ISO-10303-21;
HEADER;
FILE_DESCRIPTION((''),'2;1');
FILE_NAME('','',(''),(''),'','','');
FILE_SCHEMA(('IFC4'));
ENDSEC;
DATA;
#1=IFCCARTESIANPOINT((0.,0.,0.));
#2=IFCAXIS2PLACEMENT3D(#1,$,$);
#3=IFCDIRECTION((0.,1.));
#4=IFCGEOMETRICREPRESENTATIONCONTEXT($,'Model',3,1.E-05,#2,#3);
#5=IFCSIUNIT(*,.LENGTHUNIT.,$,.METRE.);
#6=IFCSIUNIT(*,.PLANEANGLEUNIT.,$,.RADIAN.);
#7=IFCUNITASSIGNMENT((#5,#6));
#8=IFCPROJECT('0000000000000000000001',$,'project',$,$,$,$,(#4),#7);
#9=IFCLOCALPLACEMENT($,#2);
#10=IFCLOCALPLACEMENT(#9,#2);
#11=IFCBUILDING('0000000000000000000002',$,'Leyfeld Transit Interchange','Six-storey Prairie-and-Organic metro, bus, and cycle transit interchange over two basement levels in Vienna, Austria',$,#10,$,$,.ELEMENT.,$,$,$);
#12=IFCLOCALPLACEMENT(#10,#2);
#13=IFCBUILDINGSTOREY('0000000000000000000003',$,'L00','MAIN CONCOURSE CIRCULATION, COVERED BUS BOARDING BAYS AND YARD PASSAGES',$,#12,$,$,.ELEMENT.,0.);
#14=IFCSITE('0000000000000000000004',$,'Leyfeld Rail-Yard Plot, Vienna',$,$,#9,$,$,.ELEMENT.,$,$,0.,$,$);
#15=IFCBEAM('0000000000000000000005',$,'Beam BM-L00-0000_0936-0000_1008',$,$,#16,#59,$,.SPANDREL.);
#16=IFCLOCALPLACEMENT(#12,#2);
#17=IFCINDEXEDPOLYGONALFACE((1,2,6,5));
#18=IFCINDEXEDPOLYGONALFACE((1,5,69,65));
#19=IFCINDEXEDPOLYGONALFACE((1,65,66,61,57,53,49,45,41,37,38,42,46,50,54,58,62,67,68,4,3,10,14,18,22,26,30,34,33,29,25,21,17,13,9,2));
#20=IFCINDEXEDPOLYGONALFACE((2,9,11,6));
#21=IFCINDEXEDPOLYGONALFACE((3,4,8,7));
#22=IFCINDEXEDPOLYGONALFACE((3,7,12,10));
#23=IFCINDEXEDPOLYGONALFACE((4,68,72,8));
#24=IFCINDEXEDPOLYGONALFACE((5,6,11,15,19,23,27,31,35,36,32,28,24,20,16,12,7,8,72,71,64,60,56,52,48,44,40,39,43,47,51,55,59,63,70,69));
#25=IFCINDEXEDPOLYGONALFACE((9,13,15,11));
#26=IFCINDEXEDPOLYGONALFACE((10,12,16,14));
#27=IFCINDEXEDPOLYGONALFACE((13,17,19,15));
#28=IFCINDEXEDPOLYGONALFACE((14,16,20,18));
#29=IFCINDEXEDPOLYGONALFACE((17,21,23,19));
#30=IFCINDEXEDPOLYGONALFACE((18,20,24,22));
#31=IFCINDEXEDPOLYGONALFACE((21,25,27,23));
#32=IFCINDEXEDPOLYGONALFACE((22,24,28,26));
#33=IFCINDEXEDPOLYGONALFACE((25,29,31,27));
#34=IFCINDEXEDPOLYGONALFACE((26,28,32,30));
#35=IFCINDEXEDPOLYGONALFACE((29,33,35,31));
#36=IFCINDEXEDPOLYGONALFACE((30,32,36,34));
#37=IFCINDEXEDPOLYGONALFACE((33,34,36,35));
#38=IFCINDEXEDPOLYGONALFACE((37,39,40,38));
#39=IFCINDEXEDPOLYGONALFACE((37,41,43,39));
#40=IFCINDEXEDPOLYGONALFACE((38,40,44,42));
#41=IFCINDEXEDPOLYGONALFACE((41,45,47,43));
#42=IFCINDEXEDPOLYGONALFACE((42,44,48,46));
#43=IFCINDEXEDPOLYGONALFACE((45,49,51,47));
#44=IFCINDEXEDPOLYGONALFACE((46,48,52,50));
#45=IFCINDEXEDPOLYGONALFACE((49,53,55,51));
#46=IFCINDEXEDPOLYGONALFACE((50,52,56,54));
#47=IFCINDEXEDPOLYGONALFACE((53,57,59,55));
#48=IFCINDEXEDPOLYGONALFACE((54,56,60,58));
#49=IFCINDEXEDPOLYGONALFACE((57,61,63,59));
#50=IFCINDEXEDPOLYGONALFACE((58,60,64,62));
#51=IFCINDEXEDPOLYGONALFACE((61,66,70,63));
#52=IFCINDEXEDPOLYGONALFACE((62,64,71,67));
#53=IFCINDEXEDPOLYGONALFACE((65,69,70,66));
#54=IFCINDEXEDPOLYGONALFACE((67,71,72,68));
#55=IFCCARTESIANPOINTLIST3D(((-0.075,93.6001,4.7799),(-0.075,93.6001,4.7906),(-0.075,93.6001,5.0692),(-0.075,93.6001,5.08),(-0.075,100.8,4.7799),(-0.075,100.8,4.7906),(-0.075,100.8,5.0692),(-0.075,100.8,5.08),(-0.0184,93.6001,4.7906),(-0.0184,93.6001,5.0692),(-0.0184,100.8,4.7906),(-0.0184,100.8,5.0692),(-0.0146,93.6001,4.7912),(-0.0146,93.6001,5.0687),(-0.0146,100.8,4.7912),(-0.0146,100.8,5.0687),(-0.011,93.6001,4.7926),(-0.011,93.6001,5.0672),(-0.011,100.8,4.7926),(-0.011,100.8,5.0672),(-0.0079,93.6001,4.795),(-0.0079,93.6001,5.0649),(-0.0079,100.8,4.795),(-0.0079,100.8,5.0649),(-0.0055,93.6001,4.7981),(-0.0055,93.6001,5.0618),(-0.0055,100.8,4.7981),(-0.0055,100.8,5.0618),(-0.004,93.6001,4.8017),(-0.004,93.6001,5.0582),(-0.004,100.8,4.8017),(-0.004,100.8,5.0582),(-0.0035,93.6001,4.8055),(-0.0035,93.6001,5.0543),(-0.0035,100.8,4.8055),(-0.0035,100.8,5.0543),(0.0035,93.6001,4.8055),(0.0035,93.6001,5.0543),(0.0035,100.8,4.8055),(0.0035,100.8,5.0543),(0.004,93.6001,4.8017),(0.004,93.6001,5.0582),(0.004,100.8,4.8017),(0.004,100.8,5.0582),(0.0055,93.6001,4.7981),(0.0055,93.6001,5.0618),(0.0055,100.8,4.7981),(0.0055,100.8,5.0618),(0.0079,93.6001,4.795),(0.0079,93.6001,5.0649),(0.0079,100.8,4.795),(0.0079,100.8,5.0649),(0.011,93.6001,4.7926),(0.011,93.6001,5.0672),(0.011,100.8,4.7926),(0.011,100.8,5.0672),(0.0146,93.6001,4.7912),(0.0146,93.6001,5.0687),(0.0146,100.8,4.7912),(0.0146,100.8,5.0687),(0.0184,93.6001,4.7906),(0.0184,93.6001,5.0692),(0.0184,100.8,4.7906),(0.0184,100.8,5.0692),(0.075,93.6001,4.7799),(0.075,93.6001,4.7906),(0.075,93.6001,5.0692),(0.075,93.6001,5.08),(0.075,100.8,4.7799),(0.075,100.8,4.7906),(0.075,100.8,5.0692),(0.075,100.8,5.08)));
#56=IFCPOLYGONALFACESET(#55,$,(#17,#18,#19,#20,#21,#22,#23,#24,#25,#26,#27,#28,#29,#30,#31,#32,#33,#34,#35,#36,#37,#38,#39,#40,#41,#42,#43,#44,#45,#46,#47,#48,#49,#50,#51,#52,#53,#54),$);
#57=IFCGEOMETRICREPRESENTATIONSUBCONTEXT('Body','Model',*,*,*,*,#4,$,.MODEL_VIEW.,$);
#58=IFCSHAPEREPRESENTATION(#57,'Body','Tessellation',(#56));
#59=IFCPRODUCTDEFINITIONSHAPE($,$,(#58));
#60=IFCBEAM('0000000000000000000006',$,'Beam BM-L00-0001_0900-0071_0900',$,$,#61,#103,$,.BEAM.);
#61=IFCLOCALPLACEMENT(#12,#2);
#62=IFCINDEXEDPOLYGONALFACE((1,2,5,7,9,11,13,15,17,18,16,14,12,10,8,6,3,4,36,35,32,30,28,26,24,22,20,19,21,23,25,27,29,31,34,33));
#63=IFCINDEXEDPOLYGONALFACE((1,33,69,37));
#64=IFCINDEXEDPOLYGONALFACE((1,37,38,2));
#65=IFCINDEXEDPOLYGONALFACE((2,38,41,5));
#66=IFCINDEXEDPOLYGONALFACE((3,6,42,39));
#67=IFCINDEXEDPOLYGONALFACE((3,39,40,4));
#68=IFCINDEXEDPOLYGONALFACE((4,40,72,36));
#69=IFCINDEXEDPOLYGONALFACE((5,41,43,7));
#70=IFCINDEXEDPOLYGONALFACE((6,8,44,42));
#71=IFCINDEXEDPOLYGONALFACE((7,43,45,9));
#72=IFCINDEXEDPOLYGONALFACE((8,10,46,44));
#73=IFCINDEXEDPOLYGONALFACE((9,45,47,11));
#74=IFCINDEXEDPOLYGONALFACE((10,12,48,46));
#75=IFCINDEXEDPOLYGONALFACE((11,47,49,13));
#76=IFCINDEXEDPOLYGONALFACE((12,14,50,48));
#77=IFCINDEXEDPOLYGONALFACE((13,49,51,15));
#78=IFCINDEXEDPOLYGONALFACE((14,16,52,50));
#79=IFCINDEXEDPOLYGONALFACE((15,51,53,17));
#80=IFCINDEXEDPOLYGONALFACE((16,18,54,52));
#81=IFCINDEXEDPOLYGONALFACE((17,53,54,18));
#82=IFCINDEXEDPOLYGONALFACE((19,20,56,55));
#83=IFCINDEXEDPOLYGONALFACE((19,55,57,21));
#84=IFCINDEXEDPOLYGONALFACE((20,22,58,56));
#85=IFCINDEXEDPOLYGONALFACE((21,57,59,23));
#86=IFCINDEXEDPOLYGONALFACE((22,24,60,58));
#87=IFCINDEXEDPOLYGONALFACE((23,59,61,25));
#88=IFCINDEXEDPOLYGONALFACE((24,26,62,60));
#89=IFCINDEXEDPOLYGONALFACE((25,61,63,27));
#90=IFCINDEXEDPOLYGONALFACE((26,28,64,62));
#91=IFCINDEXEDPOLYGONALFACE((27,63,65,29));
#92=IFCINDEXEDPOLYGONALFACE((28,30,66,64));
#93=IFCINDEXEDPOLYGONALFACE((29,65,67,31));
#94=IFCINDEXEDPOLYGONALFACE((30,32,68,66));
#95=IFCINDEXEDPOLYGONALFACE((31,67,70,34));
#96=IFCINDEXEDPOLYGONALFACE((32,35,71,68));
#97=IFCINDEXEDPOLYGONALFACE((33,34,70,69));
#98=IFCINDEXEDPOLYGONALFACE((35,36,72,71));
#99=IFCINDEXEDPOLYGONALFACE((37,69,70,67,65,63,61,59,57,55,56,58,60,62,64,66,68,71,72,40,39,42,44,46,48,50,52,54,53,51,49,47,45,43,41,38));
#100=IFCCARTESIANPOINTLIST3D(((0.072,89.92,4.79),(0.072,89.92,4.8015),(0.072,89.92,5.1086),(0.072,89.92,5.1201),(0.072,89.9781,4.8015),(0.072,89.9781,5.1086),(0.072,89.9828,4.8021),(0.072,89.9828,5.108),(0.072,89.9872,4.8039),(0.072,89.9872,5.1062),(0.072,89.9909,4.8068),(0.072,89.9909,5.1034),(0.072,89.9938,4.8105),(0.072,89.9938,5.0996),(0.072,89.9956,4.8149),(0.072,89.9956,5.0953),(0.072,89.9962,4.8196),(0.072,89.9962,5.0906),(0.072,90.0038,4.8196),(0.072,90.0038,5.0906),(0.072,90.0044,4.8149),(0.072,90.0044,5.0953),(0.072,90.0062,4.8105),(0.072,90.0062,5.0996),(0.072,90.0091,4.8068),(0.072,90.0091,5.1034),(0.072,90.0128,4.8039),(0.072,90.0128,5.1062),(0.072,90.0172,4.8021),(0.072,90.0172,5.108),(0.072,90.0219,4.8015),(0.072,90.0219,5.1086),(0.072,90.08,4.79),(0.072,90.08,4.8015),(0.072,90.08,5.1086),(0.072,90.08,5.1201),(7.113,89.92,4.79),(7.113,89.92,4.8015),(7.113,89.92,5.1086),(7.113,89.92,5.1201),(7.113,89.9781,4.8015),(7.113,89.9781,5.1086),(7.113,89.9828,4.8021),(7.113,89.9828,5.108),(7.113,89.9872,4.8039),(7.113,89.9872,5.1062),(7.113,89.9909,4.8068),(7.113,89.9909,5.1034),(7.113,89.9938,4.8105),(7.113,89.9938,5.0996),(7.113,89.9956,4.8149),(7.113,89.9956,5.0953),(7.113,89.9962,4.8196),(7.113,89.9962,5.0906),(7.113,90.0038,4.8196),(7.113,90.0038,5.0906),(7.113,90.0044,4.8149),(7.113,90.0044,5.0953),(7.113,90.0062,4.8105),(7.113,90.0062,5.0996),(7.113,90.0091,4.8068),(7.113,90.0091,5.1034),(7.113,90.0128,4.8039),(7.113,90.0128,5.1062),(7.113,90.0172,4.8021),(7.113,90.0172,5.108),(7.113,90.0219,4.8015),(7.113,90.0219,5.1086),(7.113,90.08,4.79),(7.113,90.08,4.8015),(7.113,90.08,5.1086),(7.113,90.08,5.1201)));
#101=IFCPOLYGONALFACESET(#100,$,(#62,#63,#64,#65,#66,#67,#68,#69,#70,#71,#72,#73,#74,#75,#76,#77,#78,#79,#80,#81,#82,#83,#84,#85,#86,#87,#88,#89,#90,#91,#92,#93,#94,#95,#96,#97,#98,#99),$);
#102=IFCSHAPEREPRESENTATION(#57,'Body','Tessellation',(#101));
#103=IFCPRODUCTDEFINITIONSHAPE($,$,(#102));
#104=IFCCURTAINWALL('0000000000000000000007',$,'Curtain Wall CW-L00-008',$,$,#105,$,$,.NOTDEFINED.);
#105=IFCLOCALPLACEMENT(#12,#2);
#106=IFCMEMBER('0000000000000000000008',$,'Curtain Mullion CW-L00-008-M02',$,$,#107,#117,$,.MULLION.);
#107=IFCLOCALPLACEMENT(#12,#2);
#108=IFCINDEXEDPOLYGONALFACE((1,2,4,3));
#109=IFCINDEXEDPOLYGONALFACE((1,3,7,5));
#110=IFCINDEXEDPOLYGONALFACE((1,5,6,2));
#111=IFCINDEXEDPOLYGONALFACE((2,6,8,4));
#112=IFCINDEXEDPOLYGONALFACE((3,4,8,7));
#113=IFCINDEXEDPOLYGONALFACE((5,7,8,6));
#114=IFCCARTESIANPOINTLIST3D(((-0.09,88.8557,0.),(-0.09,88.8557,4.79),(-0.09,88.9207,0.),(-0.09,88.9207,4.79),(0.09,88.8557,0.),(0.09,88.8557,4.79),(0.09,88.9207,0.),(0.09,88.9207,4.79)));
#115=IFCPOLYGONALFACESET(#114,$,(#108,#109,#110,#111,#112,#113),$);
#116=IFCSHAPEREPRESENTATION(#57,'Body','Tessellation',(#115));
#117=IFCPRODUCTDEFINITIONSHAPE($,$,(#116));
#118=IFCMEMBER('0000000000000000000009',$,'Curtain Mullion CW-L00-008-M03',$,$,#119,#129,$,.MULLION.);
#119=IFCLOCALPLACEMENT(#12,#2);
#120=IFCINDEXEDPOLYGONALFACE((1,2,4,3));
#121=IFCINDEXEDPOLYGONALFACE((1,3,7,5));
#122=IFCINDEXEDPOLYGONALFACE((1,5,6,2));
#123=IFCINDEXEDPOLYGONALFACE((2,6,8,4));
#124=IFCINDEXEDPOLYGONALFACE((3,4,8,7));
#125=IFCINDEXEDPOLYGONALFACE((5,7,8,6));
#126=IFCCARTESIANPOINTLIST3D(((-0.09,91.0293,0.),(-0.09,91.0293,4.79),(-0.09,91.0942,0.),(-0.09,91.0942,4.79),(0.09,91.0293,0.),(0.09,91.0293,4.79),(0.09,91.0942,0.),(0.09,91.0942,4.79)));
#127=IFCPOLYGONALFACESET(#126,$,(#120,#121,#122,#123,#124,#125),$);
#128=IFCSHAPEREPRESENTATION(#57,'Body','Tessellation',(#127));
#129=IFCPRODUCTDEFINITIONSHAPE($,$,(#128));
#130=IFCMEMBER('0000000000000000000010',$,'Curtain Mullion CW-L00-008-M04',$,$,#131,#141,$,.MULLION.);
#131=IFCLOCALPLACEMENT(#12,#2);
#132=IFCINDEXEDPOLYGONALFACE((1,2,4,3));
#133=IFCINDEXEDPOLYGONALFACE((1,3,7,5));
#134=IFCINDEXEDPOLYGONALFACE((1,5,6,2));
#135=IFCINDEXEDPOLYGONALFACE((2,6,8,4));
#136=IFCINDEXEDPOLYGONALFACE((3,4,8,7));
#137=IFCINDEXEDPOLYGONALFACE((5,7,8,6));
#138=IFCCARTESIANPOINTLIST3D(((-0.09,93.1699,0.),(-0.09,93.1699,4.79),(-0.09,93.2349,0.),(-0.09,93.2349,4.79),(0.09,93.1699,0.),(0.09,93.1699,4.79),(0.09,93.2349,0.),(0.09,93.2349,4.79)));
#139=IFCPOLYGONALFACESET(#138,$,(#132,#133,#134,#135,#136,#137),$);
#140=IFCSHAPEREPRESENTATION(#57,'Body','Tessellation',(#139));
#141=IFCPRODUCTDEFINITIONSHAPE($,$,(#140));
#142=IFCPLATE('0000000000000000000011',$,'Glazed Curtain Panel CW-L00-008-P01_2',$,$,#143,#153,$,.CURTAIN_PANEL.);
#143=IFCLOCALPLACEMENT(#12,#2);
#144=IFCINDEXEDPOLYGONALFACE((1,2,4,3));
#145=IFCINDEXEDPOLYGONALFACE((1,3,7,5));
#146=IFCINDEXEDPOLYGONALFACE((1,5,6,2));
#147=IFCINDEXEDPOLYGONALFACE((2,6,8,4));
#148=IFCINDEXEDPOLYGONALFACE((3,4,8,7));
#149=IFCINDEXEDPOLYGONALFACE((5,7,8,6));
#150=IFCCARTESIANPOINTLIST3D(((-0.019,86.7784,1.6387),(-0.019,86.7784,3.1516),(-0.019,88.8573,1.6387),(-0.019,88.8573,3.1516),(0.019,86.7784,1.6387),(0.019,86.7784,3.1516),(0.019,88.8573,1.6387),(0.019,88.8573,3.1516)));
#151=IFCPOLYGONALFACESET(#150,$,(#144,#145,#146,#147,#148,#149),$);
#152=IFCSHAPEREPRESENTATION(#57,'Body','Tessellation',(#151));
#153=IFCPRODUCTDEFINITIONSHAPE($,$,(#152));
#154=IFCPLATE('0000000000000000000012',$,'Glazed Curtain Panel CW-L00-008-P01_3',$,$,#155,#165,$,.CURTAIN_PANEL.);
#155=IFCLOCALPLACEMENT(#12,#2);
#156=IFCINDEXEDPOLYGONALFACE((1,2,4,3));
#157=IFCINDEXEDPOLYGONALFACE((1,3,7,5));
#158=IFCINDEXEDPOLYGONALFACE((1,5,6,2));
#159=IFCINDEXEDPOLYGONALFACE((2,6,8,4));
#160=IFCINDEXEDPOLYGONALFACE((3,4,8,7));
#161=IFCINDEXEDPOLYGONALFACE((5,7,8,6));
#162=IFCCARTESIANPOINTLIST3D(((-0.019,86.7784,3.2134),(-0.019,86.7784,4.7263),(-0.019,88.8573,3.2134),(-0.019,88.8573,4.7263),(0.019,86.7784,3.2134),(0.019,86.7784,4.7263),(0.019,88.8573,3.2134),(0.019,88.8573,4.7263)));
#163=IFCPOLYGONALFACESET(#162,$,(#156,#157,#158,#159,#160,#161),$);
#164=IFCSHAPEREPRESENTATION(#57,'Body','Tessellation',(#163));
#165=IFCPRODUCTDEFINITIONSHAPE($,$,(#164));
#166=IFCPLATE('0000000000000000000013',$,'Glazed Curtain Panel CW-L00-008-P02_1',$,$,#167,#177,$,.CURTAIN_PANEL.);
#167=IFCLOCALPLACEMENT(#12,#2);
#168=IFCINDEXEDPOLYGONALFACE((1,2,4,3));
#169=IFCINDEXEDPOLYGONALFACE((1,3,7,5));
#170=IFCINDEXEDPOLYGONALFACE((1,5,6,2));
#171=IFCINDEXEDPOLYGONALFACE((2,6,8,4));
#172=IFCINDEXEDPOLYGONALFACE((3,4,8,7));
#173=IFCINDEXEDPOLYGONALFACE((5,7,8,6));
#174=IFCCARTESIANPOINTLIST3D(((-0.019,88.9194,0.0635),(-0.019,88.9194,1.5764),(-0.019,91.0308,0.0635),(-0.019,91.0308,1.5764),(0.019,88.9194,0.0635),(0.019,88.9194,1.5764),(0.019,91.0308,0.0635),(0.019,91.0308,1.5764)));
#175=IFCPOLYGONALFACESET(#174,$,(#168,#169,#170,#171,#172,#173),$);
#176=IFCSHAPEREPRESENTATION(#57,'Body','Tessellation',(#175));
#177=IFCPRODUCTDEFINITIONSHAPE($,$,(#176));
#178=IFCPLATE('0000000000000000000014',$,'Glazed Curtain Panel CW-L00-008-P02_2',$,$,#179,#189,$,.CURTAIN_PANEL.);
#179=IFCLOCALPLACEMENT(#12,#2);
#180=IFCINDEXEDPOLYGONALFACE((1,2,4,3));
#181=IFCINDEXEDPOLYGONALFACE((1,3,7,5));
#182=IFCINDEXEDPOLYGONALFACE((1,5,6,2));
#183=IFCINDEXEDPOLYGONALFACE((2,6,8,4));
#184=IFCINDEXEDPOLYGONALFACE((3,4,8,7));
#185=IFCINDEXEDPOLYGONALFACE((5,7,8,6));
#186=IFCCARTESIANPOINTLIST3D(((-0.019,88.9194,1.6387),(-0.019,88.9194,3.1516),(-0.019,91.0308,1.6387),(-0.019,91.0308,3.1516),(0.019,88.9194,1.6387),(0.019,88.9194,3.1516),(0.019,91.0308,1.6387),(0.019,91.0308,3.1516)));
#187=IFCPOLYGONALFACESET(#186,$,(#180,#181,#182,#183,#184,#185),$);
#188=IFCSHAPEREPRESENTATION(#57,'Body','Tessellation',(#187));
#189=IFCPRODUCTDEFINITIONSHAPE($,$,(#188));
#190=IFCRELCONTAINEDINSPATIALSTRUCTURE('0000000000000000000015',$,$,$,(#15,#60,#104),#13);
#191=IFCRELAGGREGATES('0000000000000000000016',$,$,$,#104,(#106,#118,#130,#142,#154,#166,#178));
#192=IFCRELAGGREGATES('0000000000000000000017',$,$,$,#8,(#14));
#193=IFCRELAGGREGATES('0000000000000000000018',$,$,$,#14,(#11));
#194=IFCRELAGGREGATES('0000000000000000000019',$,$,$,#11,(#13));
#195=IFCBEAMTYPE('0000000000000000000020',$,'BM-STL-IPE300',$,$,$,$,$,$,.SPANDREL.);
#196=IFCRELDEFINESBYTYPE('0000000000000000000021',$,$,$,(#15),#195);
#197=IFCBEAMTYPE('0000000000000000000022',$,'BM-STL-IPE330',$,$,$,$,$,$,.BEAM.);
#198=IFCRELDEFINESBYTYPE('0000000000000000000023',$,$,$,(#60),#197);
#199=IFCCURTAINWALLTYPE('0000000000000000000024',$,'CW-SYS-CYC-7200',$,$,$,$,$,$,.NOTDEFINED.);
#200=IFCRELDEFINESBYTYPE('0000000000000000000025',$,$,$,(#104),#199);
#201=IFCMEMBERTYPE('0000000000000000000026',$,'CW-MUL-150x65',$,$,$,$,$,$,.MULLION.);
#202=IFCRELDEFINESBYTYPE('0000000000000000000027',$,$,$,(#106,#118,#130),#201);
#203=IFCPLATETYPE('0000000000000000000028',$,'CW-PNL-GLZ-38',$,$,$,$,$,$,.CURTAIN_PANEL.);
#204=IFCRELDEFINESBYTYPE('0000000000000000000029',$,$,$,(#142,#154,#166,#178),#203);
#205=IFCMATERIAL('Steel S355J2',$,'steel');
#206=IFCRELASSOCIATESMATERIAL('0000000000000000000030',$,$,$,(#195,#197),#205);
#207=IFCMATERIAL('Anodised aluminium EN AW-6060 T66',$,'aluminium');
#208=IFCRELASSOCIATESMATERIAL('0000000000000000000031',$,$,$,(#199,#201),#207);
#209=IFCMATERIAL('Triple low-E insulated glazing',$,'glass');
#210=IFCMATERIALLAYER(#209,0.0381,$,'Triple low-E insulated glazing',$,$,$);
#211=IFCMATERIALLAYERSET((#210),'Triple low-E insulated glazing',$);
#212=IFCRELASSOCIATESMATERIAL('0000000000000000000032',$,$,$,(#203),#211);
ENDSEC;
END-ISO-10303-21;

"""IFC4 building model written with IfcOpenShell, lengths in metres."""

from ifc_helpers import new_model, si_unit, direction, frame, origin, origin_2d, place, context, subcontext, project, spatial, rectangle, i_section, extrude, material, layer, layer_set, material_profile, profile_set, type_object, element, aggregate, save


model = new_model("IFC4")

# Units and contexts
model_context = context("Model", 3, precision=1e-05, world=origin(), true_north=direction((0.0, 1.0)))
body_context = subcontext(model_context, "Body", "Model", "MODEL_VIEW")
ifc_project = project(units=[si_unit("LENGTHUNIT", "METRE"), si_unit("PLANEANGLEUNIT", "RADIAN")], contexts=[model_context])

# Site, building, storey
site_placement = place(None, origin())
site = spatial("IfcSite", under=ifc_project, at=site_placement, Name="Leyfeld Rail-Yard Plot, Vienna", CompositionType="ELEMENT", RefElevation=0.0)
building_placement = place(site_placement, origin())
building = spatial("IfcBuilding", under=site, at=building_placement, Name="Leyfeld Transit Interchange", Description="Six-storey Prairie-and-Organic metro, bus, and cycle transit interchange over two basement levels in Vienna, Austria", CompositionType="ELEMENT")
storey_placement = place(building_placement, origin())
storey = spatial("IfcBuildingStorey", under=building, at=storey_placement, Name="L00", Description="MAIN CONCOURSE CIRCULATION, COVERED BUS BOARDING BAYS AND YARD PASSAGES", CompositionType="ELEMENT", Elevation=0.0)

# Beams
ifc_material_1 = material(Name="Steel S355J2", Category="steel")
ifc_material_profile_1 = material_profile(ifc_material_1, i_section(OverallWidth=0.1499, OverallDepth=0.3, WebThickness=0.0071, FlangeThickness=0.0107, FilletRadius=0.0149, at=origin_2d()), Name="IPE 300")
ifc_profile_set_1 = profile_set([ifc_material_profile_1], Name="Steel S355J2")
beam_type_1 = type_object("IfcBeamType", Name="BM-STL-IPE300", PredefinedType="SPANDREL", material=ifc_profile_set_1)
for number, where, z_axis, x_axis, name in (
    (1, (0.0, 93.6001, 4.9299), (0.0, 1.0, 0.0), (-1.0, 0.0, 0.0), "Beam BM-L00-0000_0936-0000_1008"),
):
    element("IfcBeam", number, at=place(storey_placement, frame(where, z_axis=z_axis, x_axis=x_axis)), inside=storey, type_object=beam_type_1, Name=name, PredefinedType="SPANDREL", context=body_context, shape_type="SweptSolid", body=[
        extrude(i_section(OverallWidth=0.1499, OverallDepth=0.3, WebThickness=0.0071, FlangeThickness=0.0107, FilletRadius=0.0149, at=origin_2d()), origin(), (0.0, 0.0, 1.0), 7.2),
    ])
ifc_material_profile_2 = material_profile(ifc_material_1, i_section(OverallWidth=0.1599, OverallDepth=0.3301, WebThickness=0.0076, FlangeThickness=0.0115, FilletRadius=0.0181, at=origin_2d()), Name="IPE 330")
ifc_profile_set_2 = profile_set([ifc_material_profile_2], Name="Steel S355J2")
beam_type_2 = type_object("IfcBeamType", Name="BM-STL-IPE330", PredefinedType="BEAM", material=ifc_profile_set_2)
beam_1_placement = place(storey_placement, frame((0.072, 90.0, 4.9551), z_axis=(1.0, 0.0, 0.0), x_axis=(0.0, 1.0, 0.0)))
element("IfcBeam", 2, at=beam_1_placement, inside=storey, type_object=beam_type_2, Name="Beam BM-L00-0001_0900-0071_0900", PredefinedType="BEAM", context=body_context, shape_type="SweptSolid", body=[
    extrude(i_section(OverallWidth=0.1599, OverallDepth=0.3301, WebThickness=0.0076, FlangeThickness=0.0115, FilletRadius=0.0181, at=origin_2d()), origin(), (0.0, 0.0, 1.0), 7.041),
])

# Curtain wall, members, plates
ifc_material_2 = material(Name="Anodised aluminium EN AW-6060 T66", Category="aluminium")
curtain_wall_type = type_object("IfcCurtainWallType", Name="CW-SYS-CYC-7200", PredefinedType="NOTDEFINED", material=ifc_material_2)
curtain_wall_placement = place(storey_placement, origin())
curtain_wall = element("IfcCurtainWall", 3, at=curtain_wall_placement, inside=storey, type_object=curtain_wall_type, Name="Curtain Wall CW-L00-008", PredefinedType="NOTDEFINED")
ifc_material_profile_3 = material_profile(ifc_material_2, rectangle(XDim=0.0649, YDim=0.1799, at=origin_2d()), Name="CW-M 65x180")
ifc_profile_set_3 = profile_set([ifc_material_profile_3], Name="Anodised aluminium EN AW-6060 T66")
member_type = type_object("IfcMemberType", Name="CW-MUL-150x65", PredefinedType="MULLION", material=ifc_profile_set_3)
member_1_placement = place(storey_placement, frame((0.0, 88.8882, 0.0), z_axis=(0.0, 0.0, 1.0), x_axis=(0.0, 1.0, 0.0)))
member_1 = element("IfcMember", 4, at=member_1_placement, type_object=member_type, Name="Curtain Mullion CW-L00-008-M02", PredefinedType="MULLION", context=body_context, shape_type="SweptSolid", body=[
    extrude(rectangle(XDim=0.0649, YDim=0.1799, at=origin_2d()), origin(), (0.0, 0.0, 1.0), 4.79),
])
member_2_placement = place(storey_placement, frame((0.0, 91.0618, 0.0), z_axis=(0.0, 0.0, 1.0), x_axis=(0.0, 1.0, 0.0)))
member_2 = element("IfcMember", 5, at=member_2_placement, type_object=member_type, Name="Curtain Mullion CW-L00-008-M03", PredefinedType="MULLION", context=body_context, shape_type="SweptSolid", body=[
    extrude(rectangle(XDim=0.0649, YDim=0.1799, at=origin_2d()), origin(), (0.0, 0.0, 1.0), 4.79),
])
member_3_placement = place(storey_placement, frame((0.0, 93.2024, 0.0), z_axis=(0.0, 0.0, 1.0), x_axis=(0.0, 1.0, 0.0)))
member_3 = element("IfcMember", 6, at=member_3_placement, type_object=member_type, Name="Curtain Mullion CW-L00-008-M04", PredefinedType="MULLION", context=body_context, shape_type="SweptSolid", body=[
    extrude(rectangle(XDim=0.0649, YDim=0.1799, at=origin_2d()), origin(), (0.0, 0.0, 1.0), 4.79),
])
ifc_material_3 = material(Name="Triple low-E insulated glazing", Category="glass")
ifc_layer_1 = layer(ifc_material_3, 0.0381, Name="Triple low-E insulated glazing")
ifc_layer_set_1 = layer_set([ifc_layer_1], Name="Triple low-E insulated glazing")
plate_type = type_object("IfcPlateType", Name="CW-PNL-GLZ-38", PredefinedType="CURTAIN_PANEL", material=ifc_layer_set_1)
plate_1_placement = place(storey_placement, frame((0.0, 87.8179, 1.6387), z_axis=(0.0, 0.0, 1.0), x_axis=(0.0, 1.0, 0.0)))
plate_1 = element("IfcPlate", 7, at=plate_1_placement, type_object=plate_type, Name="Glazed Curtain Panel CW-L00-008-P01_2", PredefinedType="CURTAIN_PANEL", context=body_context, shape_type="SweptSolid", body=[
    extrude(rectangle(XDim=2.0789, YDim=0.0381, at=origin_2d()), origin(), (0.0, 0.0, 1.0), 1.5129),
])
plate_2_placement = place(storey_placement, frame((0.0, 87.8179, 3.2134), z_axis=(0.0, 0.0, 1.0), x_axis=(0.0, 1.0, 0.0)))
plate_2 = element("IfcPlate", 8, at=plate_2_placement, type_object=plate_type, Name="Glazed Curtain Panel CW-L00-008-P01_3", PredefinedType="CURTAIN_PANEL", context=body_context, shape_type="SweptSolid", body=[
    extrude(rectangle(XDim=2.0789, YDim=0.0381, at=origin_2d()), origin(), (0.0, 0.0, 1.0), 1.5129),
])
plate_3_placement = place(storey_placement, frame((0.0, 89.9751, 0.0635), z_axis=(0.0, 0.0, 1.0), x_axis=(0.0, 1.0, 0.0)))
plate_3 = element("IfcPlate", 9, at=plate_3_placement, type_object=plate_type, Name="Glazed Curtain Panel CW-L00-008-P02_1", PredefinedType="CURTAIN_PANEL", context=body_context, shape_type="SweptSolid", body=[
    extrude(rectangle(XDim=2.1113, YDim=0.0381, at=origin_2d()), origin(), (0.0, 0.0, 1.0), 1.5129),
])
plate_4_placement = place(storey_placement, frame((0.0, 89.9751, 1.6387), z_axis=(0.0, 0.0, 1.0), x_axis=(0.0, 1.0, 0.0)))
plate_4 = element("IfcPlate", 10, at=plate_4_placement, type_object=plate_type, Name="Glazed Curtain Panel CW-L00-008-P02_2", PredefinedType="CURTAIN_PANEL", context=body_context, shape_type="SweptSolid", body=[
    extrude(rectangle(XDim=2.1113, YDim=0.0381, at=origin_2d()), origin(), (0.0, 0.0, 1.0), 1.5129),
])
aggregate(curtain_wall, [member_1, member_2, member_3, plate_1, plate_2, plate_3, plate_4])

save(model, "model.ifc")
